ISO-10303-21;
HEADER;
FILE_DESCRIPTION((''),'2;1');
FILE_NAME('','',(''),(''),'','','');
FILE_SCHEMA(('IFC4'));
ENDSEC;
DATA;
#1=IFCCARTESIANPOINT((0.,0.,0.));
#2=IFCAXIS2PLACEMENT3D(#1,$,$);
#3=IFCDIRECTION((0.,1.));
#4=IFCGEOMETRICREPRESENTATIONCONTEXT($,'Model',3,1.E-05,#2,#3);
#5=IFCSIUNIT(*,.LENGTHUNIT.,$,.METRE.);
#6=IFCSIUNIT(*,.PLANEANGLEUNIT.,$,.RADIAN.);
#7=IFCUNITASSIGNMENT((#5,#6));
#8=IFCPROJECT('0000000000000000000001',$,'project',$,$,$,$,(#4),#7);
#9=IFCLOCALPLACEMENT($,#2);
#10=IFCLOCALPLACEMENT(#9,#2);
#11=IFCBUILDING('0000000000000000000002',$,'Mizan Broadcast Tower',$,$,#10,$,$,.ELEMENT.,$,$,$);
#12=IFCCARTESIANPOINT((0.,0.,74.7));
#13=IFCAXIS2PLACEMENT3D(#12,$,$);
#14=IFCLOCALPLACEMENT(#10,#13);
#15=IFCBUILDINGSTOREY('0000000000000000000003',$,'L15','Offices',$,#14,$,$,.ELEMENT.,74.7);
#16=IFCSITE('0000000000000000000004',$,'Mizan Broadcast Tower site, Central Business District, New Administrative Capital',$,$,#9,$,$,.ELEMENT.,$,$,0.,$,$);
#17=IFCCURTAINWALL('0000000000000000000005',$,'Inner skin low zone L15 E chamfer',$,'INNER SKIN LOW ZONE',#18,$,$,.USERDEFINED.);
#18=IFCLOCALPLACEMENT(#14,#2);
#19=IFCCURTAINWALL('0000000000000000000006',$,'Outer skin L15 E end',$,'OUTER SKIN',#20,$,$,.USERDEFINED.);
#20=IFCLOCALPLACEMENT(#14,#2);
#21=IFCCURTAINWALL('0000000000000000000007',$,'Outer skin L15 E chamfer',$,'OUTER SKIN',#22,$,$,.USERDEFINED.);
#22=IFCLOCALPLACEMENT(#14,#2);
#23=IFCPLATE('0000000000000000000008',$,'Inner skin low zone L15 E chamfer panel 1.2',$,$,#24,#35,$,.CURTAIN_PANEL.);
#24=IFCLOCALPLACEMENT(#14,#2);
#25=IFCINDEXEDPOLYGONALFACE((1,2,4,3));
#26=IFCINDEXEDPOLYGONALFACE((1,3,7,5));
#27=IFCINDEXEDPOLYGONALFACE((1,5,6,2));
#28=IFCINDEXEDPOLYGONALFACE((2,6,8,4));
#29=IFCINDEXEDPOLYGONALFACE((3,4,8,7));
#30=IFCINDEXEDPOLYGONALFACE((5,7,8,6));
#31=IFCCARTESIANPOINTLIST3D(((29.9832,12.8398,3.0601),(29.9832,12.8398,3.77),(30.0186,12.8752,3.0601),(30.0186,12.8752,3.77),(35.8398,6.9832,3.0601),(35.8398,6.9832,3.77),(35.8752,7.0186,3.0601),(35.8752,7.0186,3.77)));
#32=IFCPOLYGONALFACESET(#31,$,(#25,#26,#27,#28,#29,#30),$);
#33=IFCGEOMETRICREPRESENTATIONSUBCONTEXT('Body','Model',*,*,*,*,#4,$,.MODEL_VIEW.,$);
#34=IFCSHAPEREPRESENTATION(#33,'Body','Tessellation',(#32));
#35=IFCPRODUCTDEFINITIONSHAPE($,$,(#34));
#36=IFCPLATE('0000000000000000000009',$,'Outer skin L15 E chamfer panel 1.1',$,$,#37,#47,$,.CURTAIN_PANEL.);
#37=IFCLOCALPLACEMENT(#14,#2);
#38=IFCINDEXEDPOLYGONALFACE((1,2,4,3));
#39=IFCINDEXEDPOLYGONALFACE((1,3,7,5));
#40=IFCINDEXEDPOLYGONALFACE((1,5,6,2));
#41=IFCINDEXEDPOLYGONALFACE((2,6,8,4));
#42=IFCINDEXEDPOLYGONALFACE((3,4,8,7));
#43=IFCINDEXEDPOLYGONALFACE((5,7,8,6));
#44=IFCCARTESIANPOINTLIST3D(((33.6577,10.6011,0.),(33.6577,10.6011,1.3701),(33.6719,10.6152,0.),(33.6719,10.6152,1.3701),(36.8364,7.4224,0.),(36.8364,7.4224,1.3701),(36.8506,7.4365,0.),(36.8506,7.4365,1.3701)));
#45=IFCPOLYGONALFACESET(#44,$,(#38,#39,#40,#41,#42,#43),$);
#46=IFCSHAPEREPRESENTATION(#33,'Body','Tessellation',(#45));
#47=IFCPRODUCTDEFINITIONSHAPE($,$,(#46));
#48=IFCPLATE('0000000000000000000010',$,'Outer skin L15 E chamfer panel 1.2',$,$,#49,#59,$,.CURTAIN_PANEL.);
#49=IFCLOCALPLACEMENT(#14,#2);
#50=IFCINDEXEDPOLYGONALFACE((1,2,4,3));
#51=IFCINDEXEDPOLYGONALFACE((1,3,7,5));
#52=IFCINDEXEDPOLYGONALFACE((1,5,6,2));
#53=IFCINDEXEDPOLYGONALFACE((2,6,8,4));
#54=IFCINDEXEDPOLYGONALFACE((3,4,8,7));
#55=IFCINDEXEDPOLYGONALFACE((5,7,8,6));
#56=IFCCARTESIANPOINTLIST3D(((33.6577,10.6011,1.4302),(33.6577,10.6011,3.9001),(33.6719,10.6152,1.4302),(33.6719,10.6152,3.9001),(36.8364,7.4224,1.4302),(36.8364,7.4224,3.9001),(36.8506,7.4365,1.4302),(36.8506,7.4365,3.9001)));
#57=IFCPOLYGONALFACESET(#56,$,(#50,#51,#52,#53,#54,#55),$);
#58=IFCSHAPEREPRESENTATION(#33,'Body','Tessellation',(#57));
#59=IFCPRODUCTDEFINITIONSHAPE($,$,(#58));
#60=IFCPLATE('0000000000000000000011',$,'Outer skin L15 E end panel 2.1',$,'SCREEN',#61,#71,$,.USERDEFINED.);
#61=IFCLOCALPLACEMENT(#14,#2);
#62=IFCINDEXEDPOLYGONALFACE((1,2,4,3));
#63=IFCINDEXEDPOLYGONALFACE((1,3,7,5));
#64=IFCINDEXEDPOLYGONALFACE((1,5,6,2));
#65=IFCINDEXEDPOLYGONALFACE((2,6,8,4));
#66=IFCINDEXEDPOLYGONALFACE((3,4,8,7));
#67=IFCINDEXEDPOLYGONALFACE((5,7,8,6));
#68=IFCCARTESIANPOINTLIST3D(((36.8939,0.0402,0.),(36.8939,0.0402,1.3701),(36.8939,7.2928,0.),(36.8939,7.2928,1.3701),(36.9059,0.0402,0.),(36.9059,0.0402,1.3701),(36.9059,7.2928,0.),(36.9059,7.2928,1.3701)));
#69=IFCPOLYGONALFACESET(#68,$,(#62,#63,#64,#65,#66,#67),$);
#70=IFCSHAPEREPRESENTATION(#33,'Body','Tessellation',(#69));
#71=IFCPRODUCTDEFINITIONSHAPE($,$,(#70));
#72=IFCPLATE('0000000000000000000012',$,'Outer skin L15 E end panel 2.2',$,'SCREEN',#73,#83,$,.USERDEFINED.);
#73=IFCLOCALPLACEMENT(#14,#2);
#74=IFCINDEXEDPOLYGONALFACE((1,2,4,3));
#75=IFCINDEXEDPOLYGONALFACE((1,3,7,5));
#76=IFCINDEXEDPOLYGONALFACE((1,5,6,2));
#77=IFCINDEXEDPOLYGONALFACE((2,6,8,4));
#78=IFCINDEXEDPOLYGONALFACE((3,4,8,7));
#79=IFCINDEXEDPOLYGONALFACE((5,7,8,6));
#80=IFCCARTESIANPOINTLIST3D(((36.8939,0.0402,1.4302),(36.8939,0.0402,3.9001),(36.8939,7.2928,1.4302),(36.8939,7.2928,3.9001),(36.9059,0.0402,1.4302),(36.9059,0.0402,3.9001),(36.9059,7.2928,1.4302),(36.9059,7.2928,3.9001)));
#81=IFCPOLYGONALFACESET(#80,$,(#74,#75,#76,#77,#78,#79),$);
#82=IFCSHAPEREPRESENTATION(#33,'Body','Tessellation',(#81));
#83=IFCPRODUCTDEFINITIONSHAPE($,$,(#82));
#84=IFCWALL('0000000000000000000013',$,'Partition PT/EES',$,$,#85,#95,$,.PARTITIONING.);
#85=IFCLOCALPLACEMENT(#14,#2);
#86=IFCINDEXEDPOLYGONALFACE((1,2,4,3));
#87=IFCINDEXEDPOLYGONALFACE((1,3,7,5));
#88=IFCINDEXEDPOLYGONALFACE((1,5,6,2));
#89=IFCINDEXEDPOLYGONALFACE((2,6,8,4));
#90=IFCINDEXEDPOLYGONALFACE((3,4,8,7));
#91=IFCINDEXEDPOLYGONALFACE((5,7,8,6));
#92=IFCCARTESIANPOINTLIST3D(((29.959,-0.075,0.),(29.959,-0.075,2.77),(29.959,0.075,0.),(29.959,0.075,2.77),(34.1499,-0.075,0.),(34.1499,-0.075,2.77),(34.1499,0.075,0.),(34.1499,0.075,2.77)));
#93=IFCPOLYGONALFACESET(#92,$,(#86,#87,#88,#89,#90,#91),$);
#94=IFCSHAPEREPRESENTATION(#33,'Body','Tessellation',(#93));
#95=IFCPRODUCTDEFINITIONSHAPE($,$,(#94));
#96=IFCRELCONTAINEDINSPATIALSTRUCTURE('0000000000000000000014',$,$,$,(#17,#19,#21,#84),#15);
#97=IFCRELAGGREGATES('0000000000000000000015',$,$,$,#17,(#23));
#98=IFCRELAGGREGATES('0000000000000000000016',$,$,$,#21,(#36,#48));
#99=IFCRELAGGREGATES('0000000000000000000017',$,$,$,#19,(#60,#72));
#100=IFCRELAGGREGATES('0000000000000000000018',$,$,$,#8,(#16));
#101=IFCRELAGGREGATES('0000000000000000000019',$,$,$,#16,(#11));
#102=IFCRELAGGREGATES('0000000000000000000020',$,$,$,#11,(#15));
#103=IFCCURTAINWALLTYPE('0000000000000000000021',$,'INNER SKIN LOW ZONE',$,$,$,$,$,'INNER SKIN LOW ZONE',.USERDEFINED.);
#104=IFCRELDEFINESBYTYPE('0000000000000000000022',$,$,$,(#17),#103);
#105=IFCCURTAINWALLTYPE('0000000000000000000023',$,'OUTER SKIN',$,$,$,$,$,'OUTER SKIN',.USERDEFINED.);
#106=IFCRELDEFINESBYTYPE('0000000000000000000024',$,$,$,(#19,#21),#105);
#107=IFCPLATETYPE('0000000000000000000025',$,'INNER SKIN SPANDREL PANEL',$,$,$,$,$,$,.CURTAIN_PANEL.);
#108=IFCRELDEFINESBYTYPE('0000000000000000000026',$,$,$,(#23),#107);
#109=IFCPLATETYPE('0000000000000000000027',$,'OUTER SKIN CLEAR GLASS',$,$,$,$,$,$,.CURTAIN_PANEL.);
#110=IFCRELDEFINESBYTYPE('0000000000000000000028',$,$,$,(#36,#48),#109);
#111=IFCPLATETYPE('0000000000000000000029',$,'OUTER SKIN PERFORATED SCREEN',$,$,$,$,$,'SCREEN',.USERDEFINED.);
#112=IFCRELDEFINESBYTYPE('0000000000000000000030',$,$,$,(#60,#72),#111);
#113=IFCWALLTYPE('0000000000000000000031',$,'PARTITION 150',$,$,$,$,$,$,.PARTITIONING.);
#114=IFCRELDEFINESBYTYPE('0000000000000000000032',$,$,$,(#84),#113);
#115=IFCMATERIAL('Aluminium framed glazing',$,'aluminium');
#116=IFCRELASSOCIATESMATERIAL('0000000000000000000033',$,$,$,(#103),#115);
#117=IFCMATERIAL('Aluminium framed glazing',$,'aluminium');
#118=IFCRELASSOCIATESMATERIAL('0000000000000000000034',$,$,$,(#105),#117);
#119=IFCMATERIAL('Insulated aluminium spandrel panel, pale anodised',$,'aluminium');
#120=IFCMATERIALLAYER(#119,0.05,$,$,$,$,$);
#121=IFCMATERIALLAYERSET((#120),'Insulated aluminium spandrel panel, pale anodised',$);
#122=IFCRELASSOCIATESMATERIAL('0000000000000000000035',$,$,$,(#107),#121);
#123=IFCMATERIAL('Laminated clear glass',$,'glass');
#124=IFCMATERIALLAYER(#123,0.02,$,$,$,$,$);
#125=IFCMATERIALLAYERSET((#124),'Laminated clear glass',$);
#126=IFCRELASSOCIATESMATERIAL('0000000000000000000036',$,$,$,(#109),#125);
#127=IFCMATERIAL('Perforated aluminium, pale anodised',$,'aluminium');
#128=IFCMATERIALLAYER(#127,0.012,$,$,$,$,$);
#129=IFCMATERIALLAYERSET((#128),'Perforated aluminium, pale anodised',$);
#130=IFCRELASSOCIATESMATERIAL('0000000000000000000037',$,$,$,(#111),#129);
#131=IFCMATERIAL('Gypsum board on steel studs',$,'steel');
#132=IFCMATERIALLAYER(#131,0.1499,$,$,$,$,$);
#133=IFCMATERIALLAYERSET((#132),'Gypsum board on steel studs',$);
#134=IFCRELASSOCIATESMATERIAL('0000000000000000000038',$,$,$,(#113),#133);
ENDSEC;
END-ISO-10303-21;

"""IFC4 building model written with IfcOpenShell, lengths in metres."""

from ifc_helpers import new_model, si_unit, direction, frame, frame_2d, origin, origin_2d, place, context, subcontext, project, spatial, rectangle, extrude, material, layer, layer_set, type_object, element, aggregate, save


model = new_model("IFC4")

# Units and contexts
model_context = context("Model", 3, precision=1e-05, world=origin(), true_north=direction((0.0, 1.0)))
body_context = subcontext(model_context, "Body", "Model", "MODEL_VIEW")
ifc_project = project(units=[si_unit("LENGTHUNIT", "METRE"), si_unit("PLANEANGLEUNIT", "RADIAN")], contexts=[model_context])

# Site, building, storey
site_placement = place(None, origin())
site = spatial("IfcSite", under=ifc_project, at=site_placement, Name="Mizan Broadcast Tower site, Central Business District, New Administrative Capital", CompositionType="ELEMENT", RefElevation=0.0)
building_placement = place(site_placement, origin())
building = spatial("IfcBuilding", under=site, at=building_placement, Name="Mizan Broadcast Tower", CompositionType="ELEMENT")
storey_placement = place(building_placement, frame((0.0, 0.0, 74.7)))
storey = spatial("IfcBuildingStorey", under=building, at=storey_placement, Name="L15", Description="Offices", CompositionType="ELEMENT", Elevation=74.7)

# Shared definitions
ifc_material_1 = material(Name="Aluminium framed glazing", Category="aluminium")
curtain_wall_type_1 = type_object("IfcCurtainWallType", Name="INNER SKIN LOW ZONE", ElementType="INNER SKIN LOW ZONE", PredefinedType="USERDEFINED", material=ifc_material_1)

# Curtain wall
curtain_wall_1_placement = place(storey_placement, origin())
curtain_wall_1 = element("IfcCurtainWall", 1, at=curtain_wall_1_placement, inside=storey, type_object=curtain_wall_type_1, Name="Inner skin low zone L15 E chamfer", ObjectType="INNER SKIN LOW ZONE", PredefinedType="USERDEFINED")

# Curtain wall
ifc_material_2 = material(Name="Aluminium framed glazing", Category="aluminium")
curtain_wall_type_2 = type_object("IfcCurtainWallType", Name="OUTER SKIN", ElementType="OUTER SKIN", PredefinedType="USERDEFINED", material=ifc_material_2)
curtain_wall_2_placement = place(storey_placement, origin())
curtain_wall_2 = element("IfcCurtainWall", 2, at=curtain_wall_2_placement, inside=storey, type_object=curtain_wall_type_2, Name="Outer skin L15 E end", ObjectType="OUTER SKIN", PredefinedType="USERDEFINED")

# Curtain wall
curtain_wall_3_placement = place(storey_placement, origin())
curtain_wall_3 = element("IfcCurtainWall", 3, at=curtain_wall_3_placement, inside=storey, type_object=curtain_wall_type_2, Name="Outer skin L15 E chamfer", ObjectType="OUTER SKIN", PredefinedType="USERDEFINED")

# Plates
ifc_material_3 = material(Name="Insulated aluminium spandrel panel, pale anodised", Category="aluminium")
ifc_layer_1 = layer(ifc_material_3, 0.05)
ifc_layer_set_1 = layer_set([ifc_layer_1], Name="Insulated aluminium spandrel panel, pale anodised")
plate_type_1 = type_object("IfcPlateType", Name="INNER SKIN SPANDREL PANEL", PredefinedType="CURTAIN_PANEL", material=ifc_layer_set_1)
plate_1_placement = place(storey_placement, frame((32.9292, 9.9292, 3.0601), z_axis=(0.0, 0.0, 1.0), x_axis=(-0.707107, 0.707107, 0.0)))
plate_1 = element("IfcPlate", 4, at=plate_1_placement, type_object=plate_type_1, Name="Inner skin low zone L15 E chamfer panel 1.2", PredefinedType="CURTAIN_PANEL", context=body_context, shape_type="SweptSolid", body=[
    extrude(rectangle(XDim=8.2825, YDim=0.05, at=origin_2d()), origin(), (0.0, 0.0, 1.0), 0.71),
])
aggregate(curtain_wall_1, [plate_1])
ifc_material_4 = material(Name="Laminated clear glass", Category="glass")
ifc_layer_2 = layer(ifc_material_4, 0.02)
ifc_layer_set_2 = layer_set([ifc_layer_2], Name="Laminated clear glass")
plate_type_2 = type_object("IfcPlateType", Name="OUTER SKIN CLEAR GLASS", PredefinedType="CURTAIN_PANEL", material=ifc_layer_set_2)
plate_2_placement = place(storey_placement, frame((35.2542, 9.0188, 0.0), z_axis=(0.0, 0.0, 1.0), x_axis=(-0.707107, 0.707107, 0.0)))
plate_2 = element("IfcPlate", 5, at=plate_2_placement, type_object=plate_type_2, Name="Outer skin L15 E chamfer panel 1.1", PredefinedType="CURTAIN_PANEL", context=body_context, shape_type="SweptSolid", body=[
    extrude(rectangle(XDim=4.4954, YDim=0.02, at=origin_2d()), origin(), (0.0, 0.0, 1.0), 1.3701),
])
plate_3_placement = place(storey_placement, frame((35.2542, 9.0188, 1.4302), z_axis=(0.0, 0.0, 1.0), x_axis=(-0.707107, 0.707107, 0.0)))
plate_3 = element("IfcPlate", 6, at=plate_3_placement, type_object=plate_type_2, Name="Outer skin L15 E chamfer panel 1.2", PredefinedType="CURTAIN_PANEL", context=body_context, shape_type="SweptSolid", body=[
    extrude(rectangle(XDim=4.4954, YDim=0.02, at=origin_2d()), origin(), (0.0, 0.0, 1.0), 2.47),
])
aggregate(curtain_wall_3, [plate_2, plate_3])
ifc_material_5 = material(Name="Perforated aluminium, pale anodised", Category="aluminium")
ifc_layer_3 = layer(ifc_material_5, 0.012)
ifc_layer_set_3 = layer_set([ifc_layer_3], Name="Perforated aluminium, pale anodised")
plate_type_3 = type_object("IfcPlateType", Name="OUTER SKIN PERFORATED SCREEN", ElementType="SCREEN", PredefinedType="USERDEFINED", material=ifc_layer_set_3)
plate_4_placement = place(storey_placement, frame((36.8999, 3.6665, 0.0), z_axis=(0.0, 0.0, 1.0), x_axis=(0.0, 1.0, 0.0)))
plate_4 = element("IfcPlate", 7, at=plate_4_placement, type_object=plate_type_3, Name="Outer skin L15 E end panel 2.1", ObjectType="SCREEN", PredefinedType="USERDEFINED", context=body_context, shape_type="SweptSolid", body=[
    extrude(rectangle(XDim=7.2527, YDim=0.012, at=origin_2d()), origin(), (0.0, 0.0, 1.0), 1.3701),
])
plate_5_placement = place(storey_placement, frame((36.8999, 3.6665, 1.4302), z_axis=(0.0, 0.0, 1.0), x_axis=(0.0, 1.0, 0.0)))
plate_5 = element("IfcPlate", 8, at=plate_5_placement, type_object=plate_type_3, Name="Outer skin L15 E end panel 2.2", ObjectType="SCREEN", PredefinedType="USERDEFINED", context=body_context, shape_type="SweptSolid", body=[
    extrude(rectangle(XDim=7.2527, YDim=0.012, at=origin_2d()), origin(), (0.0, 0.0, 1.0), 2.47),
])
aggregate(curtain_wall_2, [plate_4, plate_5])

# Wall
ifc_material_6 = material(Name="Gypsum board on steel studs", Category="steel")
ifc_layer_4 = layer(ifc_material_6, 0.1499)
ifc_layer_set_4 = layer_set([ifc_layer_4], Name="Gypsum board on steel studs")
wall_type = type_object("IfcWallType", Name="PARTITION 150", PredefinedType="PARTITIONING", material=ifc_layer_set_4)
wall_placement = place(storey_placement, frame((29.959, 0.0, 0.0), z_axis=(0.0, 0.0, 1.0), x_axis=(1.0, 0.0, 0.0)))
element("IfcWall", 9, at=wall_placement, inside=storey, type_object=wall_type, Name="Partition PT/EES", PredefinedType="PARTITIONING", context=body_context, shape_type="SweptSolid", body=[
    extrude(rectangle(XDim=4.1909, YDim=0.1499, at=frame_2d((2.0955, 0.0))), origin(), (0.0, 0.0, 1.0), 2.77),
])

save(model, "model.ifc")
